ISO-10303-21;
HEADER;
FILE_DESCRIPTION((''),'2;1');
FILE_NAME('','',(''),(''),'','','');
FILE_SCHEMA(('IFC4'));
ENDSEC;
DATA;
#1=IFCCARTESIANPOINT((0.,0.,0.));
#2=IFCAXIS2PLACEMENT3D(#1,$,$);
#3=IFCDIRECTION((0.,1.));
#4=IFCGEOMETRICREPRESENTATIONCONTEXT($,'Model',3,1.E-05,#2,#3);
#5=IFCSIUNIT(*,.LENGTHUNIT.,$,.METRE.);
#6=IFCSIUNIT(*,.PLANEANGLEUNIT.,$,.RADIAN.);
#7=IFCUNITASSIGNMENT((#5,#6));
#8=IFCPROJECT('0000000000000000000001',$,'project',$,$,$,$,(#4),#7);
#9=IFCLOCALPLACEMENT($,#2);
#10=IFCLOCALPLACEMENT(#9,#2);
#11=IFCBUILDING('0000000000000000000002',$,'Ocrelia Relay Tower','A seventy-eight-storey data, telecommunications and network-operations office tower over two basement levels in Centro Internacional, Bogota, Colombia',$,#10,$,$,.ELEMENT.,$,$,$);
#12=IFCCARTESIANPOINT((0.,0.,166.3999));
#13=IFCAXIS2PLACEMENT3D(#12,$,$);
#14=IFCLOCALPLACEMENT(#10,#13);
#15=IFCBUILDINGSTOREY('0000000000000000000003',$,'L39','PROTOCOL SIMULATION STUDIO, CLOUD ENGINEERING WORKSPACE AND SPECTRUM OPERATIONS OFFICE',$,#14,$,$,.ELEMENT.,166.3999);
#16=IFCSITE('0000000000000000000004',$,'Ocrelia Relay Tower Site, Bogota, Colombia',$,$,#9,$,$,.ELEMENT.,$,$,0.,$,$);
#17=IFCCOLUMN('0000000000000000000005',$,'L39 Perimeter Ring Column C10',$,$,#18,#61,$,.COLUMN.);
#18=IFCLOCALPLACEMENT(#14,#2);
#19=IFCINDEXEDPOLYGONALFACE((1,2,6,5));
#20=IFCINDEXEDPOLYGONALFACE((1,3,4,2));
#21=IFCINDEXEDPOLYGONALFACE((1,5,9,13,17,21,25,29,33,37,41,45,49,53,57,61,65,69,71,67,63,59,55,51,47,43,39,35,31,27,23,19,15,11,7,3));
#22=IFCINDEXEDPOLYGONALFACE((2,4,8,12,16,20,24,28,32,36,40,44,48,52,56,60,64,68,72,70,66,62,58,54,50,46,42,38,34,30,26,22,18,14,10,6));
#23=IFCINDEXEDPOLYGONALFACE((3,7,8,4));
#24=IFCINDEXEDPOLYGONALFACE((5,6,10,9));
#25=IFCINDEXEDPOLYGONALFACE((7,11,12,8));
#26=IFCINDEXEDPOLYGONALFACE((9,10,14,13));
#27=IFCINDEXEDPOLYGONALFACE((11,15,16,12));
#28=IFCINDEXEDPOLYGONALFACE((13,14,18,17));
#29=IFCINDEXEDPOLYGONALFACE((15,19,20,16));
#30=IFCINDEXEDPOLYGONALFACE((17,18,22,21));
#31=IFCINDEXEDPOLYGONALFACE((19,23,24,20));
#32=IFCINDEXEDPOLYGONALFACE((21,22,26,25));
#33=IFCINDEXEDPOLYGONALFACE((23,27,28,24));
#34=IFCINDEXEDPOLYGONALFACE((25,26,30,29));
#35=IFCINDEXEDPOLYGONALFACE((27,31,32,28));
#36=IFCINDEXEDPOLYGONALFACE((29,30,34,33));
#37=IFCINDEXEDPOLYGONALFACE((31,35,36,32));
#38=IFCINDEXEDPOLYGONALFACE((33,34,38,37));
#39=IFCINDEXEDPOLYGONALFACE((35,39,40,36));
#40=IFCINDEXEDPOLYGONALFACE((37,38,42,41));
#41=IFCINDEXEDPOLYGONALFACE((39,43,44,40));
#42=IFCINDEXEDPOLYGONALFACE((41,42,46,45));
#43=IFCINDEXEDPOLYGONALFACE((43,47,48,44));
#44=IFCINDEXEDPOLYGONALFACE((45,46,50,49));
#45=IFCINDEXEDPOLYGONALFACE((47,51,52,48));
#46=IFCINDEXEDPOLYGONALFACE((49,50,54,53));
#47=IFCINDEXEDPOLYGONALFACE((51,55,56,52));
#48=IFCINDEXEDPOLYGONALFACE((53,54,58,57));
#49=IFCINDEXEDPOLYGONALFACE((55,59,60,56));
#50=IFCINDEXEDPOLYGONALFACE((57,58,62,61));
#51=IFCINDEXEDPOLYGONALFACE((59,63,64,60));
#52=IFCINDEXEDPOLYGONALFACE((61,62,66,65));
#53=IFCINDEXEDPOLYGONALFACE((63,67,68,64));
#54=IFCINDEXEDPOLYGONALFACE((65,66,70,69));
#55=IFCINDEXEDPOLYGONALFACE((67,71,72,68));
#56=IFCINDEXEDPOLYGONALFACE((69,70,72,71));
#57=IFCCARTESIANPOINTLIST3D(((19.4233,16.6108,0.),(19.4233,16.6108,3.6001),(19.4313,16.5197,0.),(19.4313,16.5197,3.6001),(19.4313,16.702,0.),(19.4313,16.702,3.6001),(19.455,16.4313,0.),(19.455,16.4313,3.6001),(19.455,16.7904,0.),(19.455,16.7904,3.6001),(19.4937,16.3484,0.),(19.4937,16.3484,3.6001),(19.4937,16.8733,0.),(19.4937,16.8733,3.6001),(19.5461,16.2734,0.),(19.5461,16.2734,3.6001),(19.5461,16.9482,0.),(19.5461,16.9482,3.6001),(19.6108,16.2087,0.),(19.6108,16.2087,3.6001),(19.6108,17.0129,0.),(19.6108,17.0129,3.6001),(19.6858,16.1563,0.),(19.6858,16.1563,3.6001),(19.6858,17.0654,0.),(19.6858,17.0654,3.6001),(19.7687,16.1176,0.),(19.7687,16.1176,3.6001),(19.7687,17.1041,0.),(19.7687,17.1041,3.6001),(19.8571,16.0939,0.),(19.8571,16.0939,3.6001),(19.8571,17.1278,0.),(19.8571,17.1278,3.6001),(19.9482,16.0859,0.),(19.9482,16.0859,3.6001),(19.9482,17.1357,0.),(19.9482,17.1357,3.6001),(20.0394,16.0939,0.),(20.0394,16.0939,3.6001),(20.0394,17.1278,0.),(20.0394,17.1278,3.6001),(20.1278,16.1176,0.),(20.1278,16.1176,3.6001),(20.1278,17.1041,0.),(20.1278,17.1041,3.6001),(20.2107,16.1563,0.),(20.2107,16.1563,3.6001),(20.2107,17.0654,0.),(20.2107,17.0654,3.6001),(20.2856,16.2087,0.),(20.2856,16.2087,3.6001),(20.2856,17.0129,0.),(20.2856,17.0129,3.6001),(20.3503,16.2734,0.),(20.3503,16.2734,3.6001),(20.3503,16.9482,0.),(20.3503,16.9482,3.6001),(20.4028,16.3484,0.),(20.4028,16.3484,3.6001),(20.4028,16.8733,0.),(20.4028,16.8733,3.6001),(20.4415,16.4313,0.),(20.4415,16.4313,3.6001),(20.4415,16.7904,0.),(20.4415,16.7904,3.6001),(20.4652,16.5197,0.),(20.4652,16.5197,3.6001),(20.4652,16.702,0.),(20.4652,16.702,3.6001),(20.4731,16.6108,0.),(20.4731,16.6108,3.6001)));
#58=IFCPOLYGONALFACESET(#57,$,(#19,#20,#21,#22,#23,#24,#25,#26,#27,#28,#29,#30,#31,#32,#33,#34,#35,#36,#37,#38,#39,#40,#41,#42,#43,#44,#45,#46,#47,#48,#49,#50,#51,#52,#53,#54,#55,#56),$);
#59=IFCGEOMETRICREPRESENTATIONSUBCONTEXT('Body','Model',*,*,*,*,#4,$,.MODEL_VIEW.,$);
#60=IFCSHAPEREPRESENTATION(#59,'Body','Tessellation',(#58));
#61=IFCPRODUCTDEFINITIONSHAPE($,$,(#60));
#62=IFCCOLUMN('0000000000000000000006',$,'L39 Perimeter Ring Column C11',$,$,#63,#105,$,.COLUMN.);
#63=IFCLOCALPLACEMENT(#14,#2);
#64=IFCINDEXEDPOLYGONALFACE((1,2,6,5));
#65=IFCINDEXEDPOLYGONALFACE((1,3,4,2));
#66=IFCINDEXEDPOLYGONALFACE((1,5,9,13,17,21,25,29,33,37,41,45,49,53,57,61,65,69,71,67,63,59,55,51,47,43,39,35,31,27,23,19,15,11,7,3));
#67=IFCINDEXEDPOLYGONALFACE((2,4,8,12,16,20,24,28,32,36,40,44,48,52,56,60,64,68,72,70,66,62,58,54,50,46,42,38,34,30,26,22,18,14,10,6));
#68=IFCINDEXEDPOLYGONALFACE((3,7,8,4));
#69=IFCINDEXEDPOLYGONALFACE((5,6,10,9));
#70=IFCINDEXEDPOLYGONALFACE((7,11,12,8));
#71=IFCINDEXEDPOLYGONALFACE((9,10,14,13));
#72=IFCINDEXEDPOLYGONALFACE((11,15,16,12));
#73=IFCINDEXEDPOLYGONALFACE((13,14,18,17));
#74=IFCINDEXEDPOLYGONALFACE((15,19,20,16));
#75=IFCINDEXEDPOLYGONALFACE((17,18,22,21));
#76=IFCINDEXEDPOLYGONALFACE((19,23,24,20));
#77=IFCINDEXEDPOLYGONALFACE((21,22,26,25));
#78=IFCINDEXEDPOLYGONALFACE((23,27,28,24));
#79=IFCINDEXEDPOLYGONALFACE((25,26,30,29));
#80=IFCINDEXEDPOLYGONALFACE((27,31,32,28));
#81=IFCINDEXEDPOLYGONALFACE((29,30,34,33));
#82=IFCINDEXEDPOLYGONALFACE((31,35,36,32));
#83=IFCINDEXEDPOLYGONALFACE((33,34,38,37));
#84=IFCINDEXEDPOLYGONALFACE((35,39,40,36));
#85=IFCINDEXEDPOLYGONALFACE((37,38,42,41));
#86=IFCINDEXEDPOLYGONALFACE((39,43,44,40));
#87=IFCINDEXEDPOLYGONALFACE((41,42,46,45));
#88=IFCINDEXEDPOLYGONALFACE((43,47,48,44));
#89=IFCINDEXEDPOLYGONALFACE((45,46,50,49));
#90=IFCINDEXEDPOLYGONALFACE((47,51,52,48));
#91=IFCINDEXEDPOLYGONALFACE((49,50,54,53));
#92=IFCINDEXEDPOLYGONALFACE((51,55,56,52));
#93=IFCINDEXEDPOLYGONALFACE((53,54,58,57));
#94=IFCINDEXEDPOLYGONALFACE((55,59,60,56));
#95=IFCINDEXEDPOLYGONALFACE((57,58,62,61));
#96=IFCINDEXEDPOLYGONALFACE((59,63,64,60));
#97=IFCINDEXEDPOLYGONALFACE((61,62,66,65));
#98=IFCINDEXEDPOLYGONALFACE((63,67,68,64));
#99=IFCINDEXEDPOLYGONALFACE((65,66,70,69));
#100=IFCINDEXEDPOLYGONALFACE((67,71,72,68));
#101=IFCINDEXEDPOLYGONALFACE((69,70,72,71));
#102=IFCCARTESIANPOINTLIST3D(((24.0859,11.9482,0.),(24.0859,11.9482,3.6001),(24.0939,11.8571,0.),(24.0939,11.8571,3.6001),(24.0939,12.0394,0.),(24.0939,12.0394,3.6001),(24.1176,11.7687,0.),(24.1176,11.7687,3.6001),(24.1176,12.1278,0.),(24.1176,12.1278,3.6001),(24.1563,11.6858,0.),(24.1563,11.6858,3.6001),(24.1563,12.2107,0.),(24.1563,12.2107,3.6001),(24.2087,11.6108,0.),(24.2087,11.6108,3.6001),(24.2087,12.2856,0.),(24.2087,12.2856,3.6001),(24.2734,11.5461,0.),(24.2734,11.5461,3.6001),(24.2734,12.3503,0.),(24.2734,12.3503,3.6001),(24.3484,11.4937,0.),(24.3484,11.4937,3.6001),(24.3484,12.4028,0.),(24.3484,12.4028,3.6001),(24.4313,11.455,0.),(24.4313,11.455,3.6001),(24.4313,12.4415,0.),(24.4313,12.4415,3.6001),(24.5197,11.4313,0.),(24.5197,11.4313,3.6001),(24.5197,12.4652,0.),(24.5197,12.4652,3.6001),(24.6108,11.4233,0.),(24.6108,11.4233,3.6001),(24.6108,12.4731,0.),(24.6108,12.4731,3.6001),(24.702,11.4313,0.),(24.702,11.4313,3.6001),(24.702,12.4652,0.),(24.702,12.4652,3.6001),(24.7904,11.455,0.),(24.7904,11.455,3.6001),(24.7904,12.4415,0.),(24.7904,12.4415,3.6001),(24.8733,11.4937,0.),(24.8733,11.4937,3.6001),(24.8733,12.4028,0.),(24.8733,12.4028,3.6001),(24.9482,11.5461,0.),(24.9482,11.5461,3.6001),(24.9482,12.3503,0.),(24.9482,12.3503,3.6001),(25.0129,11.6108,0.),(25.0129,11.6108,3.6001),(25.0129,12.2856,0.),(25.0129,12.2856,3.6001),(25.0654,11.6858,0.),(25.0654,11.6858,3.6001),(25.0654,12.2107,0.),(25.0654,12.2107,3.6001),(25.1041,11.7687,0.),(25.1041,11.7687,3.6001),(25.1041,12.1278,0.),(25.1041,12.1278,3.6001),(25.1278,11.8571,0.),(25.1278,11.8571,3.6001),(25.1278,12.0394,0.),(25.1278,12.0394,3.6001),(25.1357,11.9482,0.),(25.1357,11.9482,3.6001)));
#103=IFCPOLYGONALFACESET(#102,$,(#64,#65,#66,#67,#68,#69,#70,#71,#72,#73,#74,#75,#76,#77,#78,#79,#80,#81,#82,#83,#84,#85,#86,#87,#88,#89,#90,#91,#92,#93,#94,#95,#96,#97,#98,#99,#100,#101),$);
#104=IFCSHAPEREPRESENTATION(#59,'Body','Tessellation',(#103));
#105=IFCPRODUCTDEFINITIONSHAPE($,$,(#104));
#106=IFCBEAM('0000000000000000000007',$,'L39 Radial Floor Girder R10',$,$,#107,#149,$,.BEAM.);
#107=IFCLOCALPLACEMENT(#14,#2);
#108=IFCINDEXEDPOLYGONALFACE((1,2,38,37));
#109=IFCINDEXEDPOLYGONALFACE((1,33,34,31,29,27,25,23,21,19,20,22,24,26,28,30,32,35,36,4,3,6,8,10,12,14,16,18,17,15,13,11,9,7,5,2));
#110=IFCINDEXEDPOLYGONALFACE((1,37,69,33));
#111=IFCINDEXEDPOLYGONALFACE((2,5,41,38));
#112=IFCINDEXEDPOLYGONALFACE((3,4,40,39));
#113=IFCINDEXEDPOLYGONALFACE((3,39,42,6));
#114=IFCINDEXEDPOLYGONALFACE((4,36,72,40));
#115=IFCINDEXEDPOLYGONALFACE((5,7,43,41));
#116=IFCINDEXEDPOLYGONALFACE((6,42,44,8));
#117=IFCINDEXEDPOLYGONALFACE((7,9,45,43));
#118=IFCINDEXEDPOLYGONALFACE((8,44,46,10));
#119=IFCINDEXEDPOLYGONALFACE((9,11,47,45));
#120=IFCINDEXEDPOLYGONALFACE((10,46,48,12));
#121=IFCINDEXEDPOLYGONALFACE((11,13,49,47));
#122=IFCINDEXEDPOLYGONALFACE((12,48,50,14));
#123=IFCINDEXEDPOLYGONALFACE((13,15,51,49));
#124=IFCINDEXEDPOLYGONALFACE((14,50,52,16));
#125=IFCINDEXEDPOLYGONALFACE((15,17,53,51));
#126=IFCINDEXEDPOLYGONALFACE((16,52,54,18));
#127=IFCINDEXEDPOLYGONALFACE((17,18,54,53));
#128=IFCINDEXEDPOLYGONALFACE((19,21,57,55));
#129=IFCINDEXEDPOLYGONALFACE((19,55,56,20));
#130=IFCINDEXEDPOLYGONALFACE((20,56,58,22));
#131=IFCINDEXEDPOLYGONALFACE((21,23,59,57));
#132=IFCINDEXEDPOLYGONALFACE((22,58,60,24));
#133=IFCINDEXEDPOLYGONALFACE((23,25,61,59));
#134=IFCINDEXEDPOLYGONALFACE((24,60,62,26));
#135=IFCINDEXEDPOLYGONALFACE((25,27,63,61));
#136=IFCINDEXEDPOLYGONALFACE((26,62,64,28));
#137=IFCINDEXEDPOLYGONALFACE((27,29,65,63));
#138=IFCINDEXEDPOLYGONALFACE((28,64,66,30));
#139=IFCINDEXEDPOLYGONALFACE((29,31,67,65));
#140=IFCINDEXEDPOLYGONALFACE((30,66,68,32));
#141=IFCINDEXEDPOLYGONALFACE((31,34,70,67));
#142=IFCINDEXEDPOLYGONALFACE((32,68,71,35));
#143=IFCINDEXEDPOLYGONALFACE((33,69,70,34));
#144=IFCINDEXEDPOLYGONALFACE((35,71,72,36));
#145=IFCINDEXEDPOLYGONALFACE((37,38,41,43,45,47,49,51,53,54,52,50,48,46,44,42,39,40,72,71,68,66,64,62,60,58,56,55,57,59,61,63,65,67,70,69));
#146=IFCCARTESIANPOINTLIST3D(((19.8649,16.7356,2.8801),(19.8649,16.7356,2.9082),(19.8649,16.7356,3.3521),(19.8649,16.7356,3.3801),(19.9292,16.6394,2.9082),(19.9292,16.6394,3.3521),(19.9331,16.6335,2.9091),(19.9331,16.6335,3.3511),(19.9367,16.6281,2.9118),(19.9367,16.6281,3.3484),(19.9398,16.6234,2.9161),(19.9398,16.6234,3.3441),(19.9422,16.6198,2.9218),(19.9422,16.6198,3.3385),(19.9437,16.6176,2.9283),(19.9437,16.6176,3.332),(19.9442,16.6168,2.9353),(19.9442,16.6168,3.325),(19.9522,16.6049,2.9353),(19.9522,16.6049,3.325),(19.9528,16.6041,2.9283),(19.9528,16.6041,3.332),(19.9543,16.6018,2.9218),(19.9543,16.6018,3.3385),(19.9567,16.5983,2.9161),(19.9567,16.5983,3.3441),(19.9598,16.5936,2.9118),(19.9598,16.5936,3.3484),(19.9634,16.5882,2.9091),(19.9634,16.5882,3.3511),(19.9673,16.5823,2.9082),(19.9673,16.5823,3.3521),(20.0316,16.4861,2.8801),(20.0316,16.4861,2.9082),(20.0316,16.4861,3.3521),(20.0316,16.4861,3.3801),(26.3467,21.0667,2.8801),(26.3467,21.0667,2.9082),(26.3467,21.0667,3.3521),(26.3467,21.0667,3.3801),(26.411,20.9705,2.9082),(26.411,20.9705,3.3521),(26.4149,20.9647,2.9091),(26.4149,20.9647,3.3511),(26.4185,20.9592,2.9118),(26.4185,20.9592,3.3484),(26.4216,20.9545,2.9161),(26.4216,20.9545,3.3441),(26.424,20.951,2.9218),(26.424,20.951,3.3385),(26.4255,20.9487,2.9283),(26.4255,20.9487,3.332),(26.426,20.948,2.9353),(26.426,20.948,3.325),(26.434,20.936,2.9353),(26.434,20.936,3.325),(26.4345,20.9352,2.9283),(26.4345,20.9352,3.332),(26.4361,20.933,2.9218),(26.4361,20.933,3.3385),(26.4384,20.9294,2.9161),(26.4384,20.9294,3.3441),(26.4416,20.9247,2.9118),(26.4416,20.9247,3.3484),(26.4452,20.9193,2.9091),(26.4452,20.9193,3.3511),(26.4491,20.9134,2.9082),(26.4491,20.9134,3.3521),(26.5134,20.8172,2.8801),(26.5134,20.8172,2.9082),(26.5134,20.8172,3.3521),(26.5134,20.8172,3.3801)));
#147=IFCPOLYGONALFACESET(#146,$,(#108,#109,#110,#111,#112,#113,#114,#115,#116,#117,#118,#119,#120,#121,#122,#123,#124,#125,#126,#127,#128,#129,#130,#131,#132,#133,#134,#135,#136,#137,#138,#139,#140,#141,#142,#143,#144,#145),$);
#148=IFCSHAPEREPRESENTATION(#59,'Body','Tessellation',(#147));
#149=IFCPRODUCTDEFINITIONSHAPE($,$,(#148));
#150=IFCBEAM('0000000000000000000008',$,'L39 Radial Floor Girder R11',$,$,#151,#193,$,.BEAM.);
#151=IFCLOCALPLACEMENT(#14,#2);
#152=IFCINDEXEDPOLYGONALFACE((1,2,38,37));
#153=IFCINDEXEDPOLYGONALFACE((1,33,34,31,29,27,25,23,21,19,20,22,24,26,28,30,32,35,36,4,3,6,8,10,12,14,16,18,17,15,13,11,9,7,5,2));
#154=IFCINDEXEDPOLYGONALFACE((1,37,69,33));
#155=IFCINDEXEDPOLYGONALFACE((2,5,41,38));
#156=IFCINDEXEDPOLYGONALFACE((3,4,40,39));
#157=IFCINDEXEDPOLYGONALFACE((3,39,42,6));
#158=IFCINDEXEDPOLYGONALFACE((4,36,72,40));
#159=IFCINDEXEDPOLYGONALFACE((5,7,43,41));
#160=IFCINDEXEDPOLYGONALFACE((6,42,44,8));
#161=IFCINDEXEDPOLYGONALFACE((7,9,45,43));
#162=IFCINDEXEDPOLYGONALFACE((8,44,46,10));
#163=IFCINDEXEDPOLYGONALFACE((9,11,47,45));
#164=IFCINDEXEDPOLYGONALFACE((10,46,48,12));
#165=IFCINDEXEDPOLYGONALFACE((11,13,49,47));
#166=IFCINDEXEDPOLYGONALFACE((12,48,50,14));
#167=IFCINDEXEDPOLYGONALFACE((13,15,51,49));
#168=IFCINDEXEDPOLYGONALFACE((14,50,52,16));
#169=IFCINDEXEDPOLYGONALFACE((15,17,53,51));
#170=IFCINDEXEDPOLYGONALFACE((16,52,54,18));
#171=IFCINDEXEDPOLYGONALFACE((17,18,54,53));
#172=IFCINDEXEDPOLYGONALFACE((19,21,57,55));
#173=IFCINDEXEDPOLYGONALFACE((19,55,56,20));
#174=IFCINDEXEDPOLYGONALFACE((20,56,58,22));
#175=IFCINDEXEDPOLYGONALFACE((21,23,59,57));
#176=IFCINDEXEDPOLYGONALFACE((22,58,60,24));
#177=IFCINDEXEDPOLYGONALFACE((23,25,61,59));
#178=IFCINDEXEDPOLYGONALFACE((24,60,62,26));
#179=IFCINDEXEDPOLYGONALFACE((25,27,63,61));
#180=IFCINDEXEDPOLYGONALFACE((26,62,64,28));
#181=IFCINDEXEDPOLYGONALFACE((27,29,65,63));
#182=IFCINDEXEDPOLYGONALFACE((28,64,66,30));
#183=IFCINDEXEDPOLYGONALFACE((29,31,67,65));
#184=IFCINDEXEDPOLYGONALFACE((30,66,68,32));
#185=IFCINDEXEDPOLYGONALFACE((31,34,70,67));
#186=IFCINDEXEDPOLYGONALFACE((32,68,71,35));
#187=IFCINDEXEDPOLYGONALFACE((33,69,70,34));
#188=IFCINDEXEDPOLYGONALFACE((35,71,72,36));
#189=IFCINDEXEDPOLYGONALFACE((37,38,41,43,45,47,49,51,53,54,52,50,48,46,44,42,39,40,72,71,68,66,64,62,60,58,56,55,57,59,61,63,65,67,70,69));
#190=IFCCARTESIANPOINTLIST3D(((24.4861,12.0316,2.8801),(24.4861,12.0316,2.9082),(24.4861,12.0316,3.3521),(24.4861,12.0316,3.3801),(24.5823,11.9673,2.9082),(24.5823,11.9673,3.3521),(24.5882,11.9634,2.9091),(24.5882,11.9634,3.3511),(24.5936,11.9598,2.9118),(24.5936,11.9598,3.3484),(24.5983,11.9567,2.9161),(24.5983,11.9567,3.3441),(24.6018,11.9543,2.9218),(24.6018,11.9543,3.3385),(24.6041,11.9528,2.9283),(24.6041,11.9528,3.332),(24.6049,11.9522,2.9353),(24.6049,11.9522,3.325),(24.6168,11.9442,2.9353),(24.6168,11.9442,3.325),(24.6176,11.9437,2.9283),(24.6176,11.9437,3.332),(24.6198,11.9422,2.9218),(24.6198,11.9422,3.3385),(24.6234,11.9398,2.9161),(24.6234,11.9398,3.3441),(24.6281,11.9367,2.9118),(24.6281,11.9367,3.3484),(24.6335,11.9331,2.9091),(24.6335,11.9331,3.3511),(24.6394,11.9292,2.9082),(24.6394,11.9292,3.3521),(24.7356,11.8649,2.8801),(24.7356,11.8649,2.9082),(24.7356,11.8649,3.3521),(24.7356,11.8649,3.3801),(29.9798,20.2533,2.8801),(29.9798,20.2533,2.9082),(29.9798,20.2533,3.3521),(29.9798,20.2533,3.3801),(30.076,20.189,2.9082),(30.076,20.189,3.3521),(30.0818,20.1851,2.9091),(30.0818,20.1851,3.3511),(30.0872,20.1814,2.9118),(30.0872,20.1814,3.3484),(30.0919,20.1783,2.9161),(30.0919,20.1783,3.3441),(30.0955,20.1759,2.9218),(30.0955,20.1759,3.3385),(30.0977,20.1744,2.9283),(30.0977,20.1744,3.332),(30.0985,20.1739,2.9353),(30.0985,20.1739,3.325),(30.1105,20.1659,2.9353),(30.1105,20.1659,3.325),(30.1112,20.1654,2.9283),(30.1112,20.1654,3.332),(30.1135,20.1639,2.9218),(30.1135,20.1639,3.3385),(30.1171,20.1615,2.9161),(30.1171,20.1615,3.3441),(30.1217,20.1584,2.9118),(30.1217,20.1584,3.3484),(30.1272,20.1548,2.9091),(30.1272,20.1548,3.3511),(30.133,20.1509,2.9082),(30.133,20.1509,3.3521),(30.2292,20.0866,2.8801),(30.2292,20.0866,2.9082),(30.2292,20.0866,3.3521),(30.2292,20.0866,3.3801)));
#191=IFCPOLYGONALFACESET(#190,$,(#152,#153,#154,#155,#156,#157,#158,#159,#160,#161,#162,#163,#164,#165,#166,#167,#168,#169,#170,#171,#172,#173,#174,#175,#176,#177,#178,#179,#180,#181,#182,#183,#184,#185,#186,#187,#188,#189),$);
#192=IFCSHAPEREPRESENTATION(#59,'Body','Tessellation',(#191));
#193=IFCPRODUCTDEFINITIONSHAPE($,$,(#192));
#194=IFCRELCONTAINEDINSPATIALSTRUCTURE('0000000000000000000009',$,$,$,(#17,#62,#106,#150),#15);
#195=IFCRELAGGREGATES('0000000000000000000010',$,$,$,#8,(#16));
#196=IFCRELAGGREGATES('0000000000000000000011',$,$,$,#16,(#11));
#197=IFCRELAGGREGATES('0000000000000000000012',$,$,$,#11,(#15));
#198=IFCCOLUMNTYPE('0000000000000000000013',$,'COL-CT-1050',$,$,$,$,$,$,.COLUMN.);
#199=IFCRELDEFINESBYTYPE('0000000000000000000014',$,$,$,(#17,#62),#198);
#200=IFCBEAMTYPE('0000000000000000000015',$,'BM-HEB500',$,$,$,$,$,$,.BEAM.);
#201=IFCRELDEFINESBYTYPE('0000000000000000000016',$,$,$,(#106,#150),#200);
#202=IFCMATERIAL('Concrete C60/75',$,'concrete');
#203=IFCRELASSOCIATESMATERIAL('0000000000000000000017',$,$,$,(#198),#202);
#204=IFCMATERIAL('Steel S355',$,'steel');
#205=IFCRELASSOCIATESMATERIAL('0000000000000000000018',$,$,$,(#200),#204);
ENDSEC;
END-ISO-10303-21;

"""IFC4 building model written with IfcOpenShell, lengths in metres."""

from ifc_helpers import new_model, si_unit, direction, frame, origin, origin_2d, place, context, subcontext, project, spatial, circle, i_section, extrude, material, material_profile, profile_set, type_object, element, save


model = new_model("IFC4")

# Units and contexts
model_context = context("Model", 3, precision=1e-05, world=origin(), true_north=direction((0.0, 1.0)))
body_context = subcontext(model_context, "Body", "Model", "MODEL_VIEW")
ifc_project = project(units=[si_unit("LENGTHUNIT", "METRE"), si_unit("PLANEANGLEUNIT", "RADIAN")], contexts=[model_context])

# Site, building, storey
site_placement = place(None, origin())
site = spatial("IfcSite", under=ifc_project, at=site_placement, Name="Ocrelia Relay Tower Site, Bogota, Colombia", CompositionType="ELEMENT", RefElevation=0.0)
building_placement = place(site_placement, origin())
building = spatial("IfcBuilding", under=site, at=building_placement, Name="Ocrelia Relay Tower", Description="A seventy-eight-storey data, telecommunications and network-operations office tower over two basement levels in Centro Internacional, Bogota, Colombia", CompositionType="ELEMENT")
storey_placement = place(building_placement, frame((0.0, 0.0, 166.3999)))
storey = spatial("IfcBuildingStorey", under=building, at=storey_placement, Name="L39", Description="PROTOCOL SIMULATION STUDIO, CLOUD ENGINEERING WORKSPACE AND SPECTRUM OPERATIONS OFFICE", CompositionType="ELEMENT", Elevation=166.3999)

# Columns
ifc_material_1 = material(Name="Concrete C60/75", Category="concrete")
ifc_material_profile_1 = material_profile(ifc_material_1, circle(Radius=0.5249, at=origin_2d()), Name="RC-CIR-1050")
ifc_profile_set_1 = profile_set([ifc_material_profile_1], Name="Concrete C60/75")
column_type = type_object("IfcColumnType", Name="COL-CT-1050", PredefinedType="COLUMN", material=ifc_profile_set_1)
for number, where, z_axis, x_axis, name in (
    (1, (19.9482, 16.6108, 0.0), (0.0, 0.0, 1.0), (1.0, 0.0, 0.0), "L39 Perimeter Ring Column C10"),
    (2, (24.6108, 11.9482, 0.0), (0.0, 0.0, 1.0), (1.0, 0.0, 0.0), "L39 Perimeter Ring Column C11"),
):
    element("IfcColumn", number, at=place(storey_placement, frame(where, z_axis=z_axis, x_axis=x_axis)), inside=storey, type_object=column_type, Name=name, PredefinedType="COLUMN", context=body_context, shape_type="SweptSolid", body=[
        extrude(circle(Radius=0.5249, at=origin_2d()), origin(), (0.0, 0.0, 1.0), 3.6001),
    ])

# Beams
ifc_material_2 = material(Name="Steel S355", Category="steel")
ifc_material_profile_2 = material_profile(ifc_material_2, i_section(OverallWidth=0.3, OverallDepth=0.5, WebThickness=0.0144, FlangeThickness=0.0281, FilletRadius=0.0271, at=origin_2d()), Name="HEB 500")
ifc_profile_set_2 = profile_set([ifc_material_profile_2], Name="Steel S355")
beam_type_1 = type_object("IfcBeamType", Name="BM-HEB500", PredefinedType="BEAM", material=ifc_profile_set_2)
beam_1_placement = place(storey_placement, frame((19.9482, 16.6108, 3.1301), z_axis=(0.831462, 0.555582, 0.0), x_axis=(-0.555582, 0.831462, 0.0)))
element("IfcBeam", 3, at=beam_1_placement, inside=storey, type_object=beam_type_1, Name="L39 Radial Floor Girder R10", PredefinedType="BEAM", context=body_context, shape_type="SweptSolid", body=[
    extrude(i_section(OverallWidth=0.3, OverallDepth=0.5, WebThickness=0.0144, FlangeThickness=0.0281, FilletRadius=0.0271, at=origin_2d()), origin(), (0.0, 0.0, 1.0), 7.7957),
])
beam_2_placement = place(storey_placement, frame((24.6108, 11.9482, 3.1301), z_axis=(0.555577, 0.831465, 0.0), x_axis=(-0.831465, 0.555577, 0.0)))
element("IfcBeam", 4, at=beam_2_placement, inside=storey, type_object=beam_type_1, Name="L39 Radial Floor Girder R11", PredefinedType="BEAM", context=body_context, shape_type="SweptSolid", body=[
    extrude(i_section(OverallWidth=0.3, OverallDepth=0.5, WebThickness=0.0144, FlangeThickness=0.0281, FilletRadius=0.0271, at=origin_2d()), origin(), (0.0, 0.0, 1.0), 9.8882),
])

save(model, "model.ifc")
